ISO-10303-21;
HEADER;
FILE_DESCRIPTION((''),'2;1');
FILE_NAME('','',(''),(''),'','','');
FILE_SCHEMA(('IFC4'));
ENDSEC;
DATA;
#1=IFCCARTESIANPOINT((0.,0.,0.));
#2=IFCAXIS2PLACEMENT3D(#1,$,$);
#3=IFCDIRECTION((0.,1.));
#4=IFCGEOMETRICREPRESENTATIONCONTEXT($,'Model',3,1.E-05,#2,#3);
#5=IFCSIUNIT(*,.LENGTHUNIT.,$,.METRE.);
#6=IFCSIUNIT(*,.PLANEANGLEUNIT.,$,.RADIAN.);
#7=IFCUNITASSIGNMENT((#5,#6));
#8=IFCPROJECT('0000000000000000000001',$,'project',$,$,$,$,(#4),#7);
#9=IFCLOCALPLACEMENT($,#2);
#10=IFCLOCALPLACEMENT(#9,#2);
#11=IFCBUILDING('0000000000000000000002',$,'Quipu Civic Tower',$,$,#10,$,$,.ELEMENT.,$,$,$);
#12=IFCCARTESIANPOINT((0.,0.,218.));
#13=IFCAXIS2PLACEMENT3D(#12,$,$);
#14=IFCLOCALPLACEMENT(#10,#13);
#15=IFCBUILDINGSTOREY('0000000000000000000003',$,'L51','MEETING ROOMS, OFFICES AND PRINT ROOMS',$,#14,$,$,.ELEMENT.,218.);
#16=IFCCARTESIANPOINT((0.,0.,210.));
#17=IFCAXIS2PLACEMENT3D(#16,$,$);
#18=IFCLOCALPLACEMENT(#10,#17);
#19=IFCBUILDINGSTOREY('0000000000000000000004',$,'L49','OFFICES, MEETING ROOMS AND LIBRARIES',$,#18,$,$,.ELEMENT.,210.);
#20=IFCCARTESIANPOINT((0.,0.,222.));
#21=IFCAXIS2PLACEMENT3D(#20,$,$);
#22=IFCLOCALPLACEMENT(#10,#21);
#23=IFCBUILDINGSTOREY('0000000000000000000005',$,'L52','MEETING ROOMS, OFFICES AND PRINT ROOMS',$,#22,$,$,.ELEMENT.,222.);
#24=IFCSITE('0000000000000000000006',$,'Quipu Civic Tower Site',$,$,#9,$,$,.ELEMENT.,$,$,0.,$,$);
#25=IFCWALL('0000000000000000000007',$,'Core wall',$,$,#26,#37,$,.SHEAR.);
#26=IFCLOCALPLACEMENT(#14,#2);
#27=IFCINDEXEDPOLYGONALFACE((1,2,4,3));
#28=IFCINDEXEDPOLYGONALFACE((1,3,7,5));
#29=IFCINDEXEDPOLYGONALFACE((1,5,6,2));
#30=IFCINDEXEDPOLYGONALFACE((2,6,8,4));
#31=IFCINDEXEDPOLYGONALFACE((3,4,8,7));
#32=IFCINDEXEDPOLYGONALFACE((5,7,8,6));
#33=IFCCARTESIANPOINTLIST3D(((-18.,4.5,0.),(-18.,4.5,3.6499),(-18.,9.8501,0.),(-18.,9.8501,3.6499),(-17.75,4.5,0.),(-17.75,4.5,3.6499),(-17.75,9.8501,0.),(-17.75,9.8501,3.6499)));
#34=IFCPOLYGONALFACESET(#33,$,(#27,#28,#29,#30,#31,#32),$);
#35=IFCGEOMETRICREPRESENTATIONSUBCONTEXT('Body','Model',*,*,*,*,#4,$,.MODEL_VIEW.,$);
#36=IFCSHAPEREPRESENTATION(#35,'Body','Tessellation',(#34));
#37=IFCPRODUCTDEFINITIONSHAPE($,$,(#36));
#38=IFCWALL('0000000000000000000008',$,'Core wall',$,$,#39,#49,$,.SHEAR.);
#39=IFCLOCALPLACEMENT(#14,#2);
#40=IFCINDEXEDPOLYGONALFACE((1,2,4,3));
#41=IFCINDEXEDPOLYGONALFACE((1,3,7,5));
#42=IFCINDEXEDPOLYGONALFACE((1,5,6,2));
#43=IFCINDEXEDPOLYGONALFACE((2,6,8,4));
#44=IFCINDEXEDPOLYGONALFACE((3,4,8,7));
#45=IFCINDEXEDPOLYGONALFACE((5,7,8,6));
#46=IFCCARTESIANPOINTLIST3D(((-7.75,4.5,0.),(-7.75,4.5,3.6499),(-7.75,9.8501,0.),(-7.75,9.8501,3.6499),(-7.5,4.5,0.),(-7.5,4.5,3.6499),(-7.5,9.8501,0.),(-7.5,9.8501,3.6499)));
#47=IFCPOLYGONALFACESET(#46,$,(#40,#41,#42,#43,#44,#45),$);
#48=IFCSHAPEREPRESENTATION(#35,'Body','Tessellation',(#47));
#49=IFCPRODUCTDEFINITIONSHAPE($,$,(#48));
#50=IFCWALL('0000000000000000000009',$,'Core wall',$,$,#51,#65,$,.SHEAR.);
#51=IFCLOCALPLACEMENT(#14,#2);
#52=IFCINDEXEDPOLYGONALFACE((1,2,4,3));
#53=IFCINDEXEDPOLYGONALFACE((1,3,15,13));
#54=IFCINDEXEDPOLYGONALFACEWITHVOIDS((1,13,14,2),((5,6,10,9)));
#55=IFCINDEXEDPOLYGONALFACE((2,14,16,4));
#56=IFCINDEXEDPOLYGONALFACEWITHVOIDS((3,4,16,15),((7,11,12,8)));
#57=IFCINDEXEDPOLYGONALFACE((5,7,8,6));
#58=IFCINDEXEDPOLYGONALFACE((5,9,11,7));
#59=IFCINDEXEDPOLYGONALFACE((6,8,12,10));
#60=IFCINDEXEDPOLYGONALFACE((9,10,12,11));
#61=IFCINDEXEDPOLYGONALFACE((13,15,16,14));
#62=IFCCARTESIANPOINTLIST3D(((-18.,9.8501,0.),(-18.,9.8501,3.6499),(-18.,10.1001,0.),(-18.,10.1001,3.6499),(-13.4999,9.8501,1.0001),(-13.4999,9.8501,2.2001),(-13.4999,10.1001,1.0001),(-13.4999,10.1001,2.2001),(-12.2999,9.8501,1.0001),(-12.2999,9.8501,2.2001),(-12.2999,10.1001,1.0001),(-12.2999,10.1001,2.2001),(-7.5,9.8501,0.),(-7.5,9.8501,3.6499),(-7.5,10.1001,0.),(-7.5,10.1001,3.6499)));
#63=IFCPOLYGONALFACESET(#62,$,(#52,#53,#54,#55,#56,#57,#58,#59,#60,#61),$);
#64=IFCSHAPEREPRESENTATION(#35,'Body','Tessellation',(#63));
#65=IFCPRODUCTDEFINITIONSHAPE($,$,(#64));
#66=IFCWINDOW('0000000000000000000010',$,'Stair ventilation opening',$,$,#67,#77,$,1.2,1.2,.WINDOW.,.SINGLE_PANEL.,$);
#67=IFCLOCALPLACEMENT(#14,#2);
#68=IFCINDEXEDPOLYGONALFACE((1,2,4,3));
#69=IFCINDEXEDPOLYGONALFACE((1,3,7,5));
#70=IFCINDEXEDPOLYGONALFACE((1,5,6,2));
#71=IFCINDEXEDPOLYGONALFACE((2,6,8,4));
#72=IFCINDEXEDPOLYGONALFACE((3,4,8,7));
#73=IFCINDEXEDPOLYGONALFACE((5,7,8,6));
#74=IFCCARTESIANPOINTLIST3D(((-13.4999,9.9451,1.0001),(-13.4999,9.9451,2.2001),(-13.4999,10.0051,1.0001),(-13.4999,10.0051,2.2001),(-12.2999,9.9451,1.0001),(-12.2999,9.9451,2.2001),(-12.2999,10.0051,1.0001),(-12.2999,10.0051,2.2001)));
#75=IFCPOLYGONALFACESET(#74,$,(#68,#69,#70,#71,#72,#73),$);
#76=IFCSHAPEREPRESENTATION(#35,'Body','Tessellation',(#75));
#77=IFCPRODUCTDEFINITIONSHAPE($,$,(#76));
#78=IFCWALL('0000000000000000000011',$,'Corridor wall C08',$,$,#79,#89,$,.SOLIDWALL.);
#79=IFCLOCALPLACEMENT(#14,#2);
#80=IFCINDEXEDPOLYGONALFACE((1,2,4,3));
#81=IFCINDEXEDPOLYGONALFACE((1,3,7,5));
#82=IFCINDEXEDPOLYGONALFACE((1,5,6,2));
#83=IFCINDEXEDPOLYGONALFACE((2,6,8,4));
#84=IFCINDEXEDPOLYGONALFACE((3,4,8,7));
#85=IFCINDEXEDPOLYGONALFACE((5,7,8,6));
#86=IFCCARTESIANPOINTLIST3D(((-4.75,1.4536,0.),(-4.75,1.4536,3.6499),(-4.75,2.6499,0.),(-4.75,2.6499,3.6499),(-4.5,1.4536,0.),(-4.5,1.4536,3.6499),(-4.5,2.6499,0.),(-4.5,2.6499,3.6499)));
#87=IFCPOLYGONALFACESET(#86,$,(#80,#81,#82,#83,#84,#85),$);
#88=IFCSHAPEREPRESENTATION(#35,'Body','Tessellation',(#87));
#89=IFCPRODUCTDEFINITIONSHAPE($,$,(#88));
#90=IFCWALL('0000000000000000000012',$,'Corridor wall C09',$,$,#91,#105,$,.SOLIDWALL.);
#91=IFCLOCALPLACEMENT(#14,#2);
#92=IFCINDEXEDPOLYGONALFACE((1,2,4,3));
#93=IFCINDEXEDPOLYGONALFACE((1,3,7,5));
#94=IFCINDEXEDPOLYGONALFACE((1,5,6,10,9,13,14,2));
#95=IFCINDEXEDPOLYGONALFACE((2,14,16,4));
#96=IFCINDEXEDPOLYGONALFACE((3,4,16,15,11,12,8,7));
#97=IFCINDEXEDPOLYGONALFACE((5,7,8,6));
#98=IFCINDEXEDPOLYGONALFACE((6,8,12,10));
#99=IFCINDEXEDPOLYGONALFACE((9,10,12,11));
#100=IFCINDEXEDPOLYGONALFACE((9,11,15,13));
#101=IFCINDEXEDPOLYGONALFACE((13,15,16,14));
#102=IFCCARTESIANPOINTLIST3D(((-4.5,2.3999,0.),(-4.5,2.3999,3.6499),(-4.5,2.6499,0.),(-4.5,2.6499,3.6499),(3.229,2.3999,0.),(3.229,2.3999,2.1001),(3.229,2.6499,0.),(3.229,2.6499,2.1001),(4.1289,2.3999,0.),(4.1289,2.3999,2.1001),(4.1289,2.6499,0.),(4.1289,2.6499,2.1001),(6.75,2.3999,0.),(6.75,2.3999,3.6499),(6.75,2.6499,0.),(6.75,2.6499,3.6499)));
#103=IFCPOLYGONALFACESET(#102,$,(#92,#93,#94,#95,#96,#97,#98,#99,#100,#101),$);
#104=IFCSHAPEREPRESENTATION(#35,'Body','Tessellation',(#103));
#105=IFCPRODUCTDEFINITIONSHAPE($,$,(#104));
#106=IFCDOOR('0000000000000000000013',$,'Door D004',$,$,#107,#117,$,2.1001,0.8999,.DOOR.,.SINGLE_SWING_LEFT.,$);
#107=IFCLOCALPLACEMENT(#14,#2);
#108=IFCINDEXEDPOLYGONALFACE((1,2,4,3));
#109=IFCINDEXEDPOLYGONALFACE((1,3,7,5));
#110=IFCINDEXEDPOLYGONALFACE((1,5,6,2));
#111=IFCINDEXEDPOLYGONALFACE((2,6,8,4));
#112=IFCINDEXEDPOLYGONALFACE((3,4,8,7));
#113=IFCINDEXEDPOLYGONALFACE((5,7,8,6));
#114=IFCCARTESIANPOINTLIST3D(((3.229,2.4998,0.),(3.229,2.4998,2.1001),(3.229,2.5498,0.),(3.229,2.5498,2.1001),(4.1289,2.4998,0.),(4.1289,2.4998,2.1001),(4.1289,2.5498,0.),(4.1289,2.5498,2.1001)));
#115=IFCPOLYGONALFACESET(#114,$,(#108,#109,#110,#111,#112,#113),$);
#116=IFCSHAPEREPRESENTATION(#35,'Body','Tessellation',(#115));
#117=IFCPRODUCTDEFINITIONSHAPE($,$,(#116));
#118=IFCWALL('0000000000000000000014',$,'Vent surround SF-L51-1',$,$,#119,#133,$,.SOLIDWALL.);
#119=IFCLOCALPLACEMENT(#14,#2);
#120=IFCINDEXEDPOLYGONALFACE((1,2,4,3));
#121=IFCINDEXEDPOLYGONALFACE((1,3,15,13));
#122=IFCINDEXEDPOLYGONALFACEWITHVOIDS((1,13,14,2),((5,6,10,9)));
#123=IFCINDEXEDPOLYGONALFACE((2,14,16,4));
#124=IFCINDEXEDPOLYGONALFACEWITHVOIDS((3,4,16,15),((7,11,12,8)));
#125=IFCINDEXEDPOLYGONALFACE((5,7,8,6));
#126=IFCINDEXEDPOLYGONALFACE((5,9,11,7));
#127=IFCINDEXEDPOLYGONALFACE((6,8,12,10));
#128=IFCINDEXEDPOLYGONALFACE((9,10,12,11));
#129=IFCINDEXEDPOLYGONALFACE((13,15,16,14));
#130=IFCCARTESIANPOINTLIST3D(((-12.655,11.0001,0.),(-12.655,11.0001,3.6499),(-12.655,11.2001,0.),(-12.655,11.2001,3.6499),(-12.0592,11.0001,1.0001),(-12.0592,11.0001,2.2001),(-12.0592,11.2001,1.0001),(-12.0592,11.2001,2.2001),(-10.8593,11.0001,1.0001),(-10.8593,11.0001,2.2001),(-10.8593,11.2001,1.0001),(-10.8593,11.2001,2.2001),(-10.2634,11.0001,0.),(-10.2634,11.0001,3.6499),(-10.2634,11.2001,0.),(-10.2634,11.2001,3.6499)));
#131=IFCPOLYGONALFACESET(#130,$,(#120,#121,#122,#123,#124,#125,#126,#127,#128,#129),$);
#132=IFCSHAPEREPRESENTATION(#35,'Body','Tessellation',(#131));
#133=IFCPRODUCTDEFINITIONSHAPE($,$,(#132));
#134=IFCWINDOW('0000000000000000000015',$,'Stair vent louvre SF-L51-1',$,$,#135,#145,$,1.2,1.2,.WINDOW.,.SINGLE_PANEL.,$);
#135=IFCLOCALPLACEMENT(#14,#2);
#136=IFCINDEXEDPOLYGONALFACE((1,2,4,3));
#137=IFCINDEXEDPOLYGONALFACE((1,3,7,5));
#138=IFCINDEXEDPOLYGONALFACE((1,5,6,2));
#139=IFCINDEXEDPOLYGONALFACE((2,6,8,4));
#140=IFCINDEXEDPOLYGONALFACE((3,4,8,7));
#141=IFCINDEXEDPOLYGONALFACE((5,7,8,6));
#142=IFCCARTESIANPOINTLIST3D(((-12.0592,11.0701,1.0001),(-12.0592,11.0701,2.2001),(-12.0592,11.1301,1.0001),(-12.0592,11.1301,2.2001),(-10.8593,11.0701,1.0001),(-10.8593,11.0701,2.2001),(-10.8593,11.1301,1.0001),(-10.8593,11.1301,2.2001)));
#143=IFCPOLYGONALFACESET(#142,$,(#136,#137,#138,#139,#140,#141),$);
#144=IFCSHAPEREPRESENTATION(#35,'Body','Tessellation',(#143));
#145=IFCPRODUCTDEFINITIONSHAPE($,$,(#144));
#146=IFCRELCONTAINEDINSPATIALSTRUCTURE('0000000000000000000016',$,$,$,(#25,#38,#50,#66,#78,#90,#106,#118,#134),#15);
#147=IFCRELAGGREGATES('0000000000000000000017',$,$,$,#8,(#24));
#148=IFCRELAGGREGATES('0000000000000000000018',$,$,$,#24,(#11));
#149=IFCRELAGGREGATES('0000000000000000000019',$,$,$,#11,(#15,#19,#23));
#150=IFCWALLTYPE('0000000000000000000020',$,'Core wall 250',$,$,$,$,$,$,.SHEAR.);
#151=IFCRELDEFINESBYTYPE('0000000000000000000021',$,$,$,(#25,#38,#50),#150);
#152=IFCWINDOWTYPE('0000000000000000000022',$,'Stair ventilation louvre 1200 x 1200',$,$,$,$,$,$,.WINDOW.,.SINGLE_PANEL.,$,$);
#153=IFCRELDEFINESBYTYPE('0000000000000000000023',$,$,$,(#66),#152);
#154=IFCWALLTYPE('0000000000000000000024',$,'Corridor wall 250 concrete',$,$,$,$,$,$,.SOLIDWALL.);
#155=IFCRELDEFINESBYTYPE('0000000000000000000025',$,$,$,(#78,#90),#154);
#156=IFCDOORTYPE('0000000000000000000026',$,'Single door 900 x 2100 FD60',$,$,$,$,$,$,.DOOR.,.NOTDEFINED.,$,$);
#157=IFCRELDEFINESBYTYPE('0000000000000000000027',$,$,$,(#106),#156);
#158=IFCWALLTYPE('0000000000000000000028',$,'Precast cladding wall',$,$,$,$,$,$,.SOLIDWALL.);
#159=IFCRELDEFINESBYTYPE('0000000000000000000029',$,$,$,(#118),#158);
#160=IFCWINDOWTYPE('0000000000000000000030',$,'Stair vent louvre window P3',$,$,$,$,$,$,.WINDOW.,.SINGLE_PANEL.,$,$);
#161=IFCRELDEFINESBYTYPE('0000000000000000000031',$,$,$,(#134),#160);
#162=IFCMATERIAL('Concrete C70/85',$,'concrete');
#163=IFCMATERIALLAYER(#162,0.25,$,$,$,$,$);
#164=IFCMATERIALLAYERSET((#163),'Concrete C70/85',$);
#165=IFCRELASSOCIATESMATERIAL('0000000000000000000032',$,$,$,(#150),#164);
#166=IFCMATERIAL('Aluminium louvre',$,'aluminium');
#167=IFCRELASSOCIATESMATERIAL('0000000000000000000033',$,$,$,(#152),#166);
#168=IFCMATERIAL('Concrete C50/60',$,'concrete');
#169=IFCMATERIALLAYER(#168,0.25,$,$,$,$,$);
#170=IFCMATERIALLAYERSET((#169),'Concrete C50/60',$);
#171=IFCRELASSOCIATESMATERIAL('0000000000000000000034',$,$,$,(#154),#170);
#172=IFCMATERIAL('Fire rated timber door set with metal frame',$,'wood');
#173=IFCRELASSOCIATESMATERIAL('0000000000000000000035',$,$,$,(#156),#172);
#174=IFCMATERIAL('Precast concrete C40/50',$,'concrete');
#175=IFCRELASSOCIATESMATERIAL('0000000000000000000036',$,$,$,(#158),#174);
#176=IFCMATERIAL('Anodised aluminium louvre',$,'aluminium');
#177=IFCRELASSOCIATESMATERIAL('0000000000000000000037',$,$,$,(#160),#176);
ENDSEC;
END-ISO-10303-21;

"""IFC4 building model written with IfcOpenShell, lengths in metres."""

from ifc_helpers import new_model, si_unit, direction, frame, frame_2d, origin, place, context, subcontext, project, spatial, rectangle, extrude, material, layer, layer_set, type_object, element, fill, save


model = new_model("IFC4")

# Units and contexts
model_context = context("Model", 3, precision=1e-05, world=origin(), true_north=direction((0.0, 1.0)))
body_context = subcontext(model_context, "Body", "Model", "MODEL_VIEW")
ifc_project = project(units=[si_unit("LENGTHUNIT", "METRE"), si_unit("PLANEANGLEUNIT", "RADIAN")], contexts=[model_context])

# Site, building, storey
site_placement = place(None, origin())
site = spatial("IfcSite", under=ifc_project, at=site_placement, Name="Quipu Civic Tower Site", CompositionType="ELEMENT", RefElevation=0.0)
building_placement = place(site_placement, origin())
building = spatial("IfcBuilding", under=site, at=building_placement, Name="Quipu Civic Tower", CompositionType="ELEMENT")
storey_1_placement = place(building_placement, frame((0.0, 0.0, 218.0)))
storey_1 = spatial("IfcBuildingStorey", under=building, at=storey_1_placement, Name="L51", Description="MEETING ROOMS, OFFICES AND PRINT ROOMS", CompositionType="ELEMENT", Elevation=218.0)

# Shared definitions
storey_2_placement = place(building_placement, frame((0.0, 0.0, 210.0)))
storey_2 = spatial("IfcBuildingStorey", under=building, at=storey_2_placement, Name="L49", Description="OFFICES, MEETING ROOMS AND LIBRARIES", CompositionType="ELEMENT", Elevation=210.0)

# Shared definitions
storey_3_placement = place(building_placement, frame((0.0, 0.0, 222.0)))
storey_3 = spatial("IfcBuildingStorey", under=building, at=storey_3_placement, Name="L52", Description="MEETING ROOMS, OFFICES AND PRINT ROOMS", CompositionType="ELEMENT", Elevation=222.0)

# Shared definitions
ifc_material_1 = material(Name="Concrete C70/85", Category="concrete")
ifc_layer_1 = layer(ifc_material_1, 0.25)
ifc_layer_set_1 = layer_set([ifc_layer_1], Name="Concrete C70/85")
wall_type_1 = type_object("IfcWallType", Name="Core wall 250", PredefinedType="SHEAR", material=ifc_layer_set_1)

# Walls
for number, where, z_axis, x_axis, name in (
    (1, (-17.875, 4.5, 0.0), (0.0, 0.0, 1.0), (0.0, 1.0, 0.0), "Core wall"),
    (2, (-7.625, 4.5, 0.0), (0.0, 0.0, 1.0), (0.0, 1.0, 0.0), "Core wall"),
):
    element("IfcWall", number, at=place(storey_1_placement, frame(where, z_axis=z_axis, x_axis=x_axis)), inside=storey_1, type_object=wall_type_1, Name=name, PredefinedType="SHEAR", context=body_context, shape_type="SweptSolid", body=[
        extrude(rectangle(XDim=5.3501, YDim=0.25, at=frame_2d((2.675, 0.0))), origin(), (0.0, 0.0, 1.0), 3.6499),
    ])

# Wall, opening, window
wall_1_placement = place(storey_1_placement, frame((-18.0, 9.9751, 0.0), z_axis=(0.0, 0.0, 1.0), x_axis=(1.0, 0.0, 0.0)))
wall_1 = element("IfcWall", 3, at=wall_1_placement, inside=storey_1, type_object=wall_type_1, Name="Core wall", PredefinedType="SHEAR", context=body_context, shape_type="SweptSolid", body=[
    extrude(rectangle(XDim=10.5, YDim=0.25, at=frame_2d((5.25, 0.0))), origin(), (0.0, 0.0, 1.0), 3.6499),
])
opening_1_placement = place(wall_1_placement, frame((4.5, 0.0, 1.0)))
opening_1 = element("IfcOpeningElement", 4, at=opening_1_placement, cuts=wall_1, PredefinedType="OPENING", context=body_context, shape_type="SweptSolid", body=[
    extrude(rectangle(XDim=1.2, YDim=1.2, at=frame_2d((0.6001, 0.6001))), frame((0.0, 0.135, 0.0), z_axis=(0.0, -1.0, 0.0), x_axis=(1.0, 0.0, 0.0)), (0.0, 0.0, 1.0), 0.27),
])
ifc_material_2 = material(Name="Aluminium louvre", Category="aluminium")
window_type_1 = type_object("IfcWindowType", Name="Stair ventilation louvre 1200 x 1200", PartitioningType="SINGLE_PANEL", PredefinedType="WINDOW", material=ifc_material_2)
window_1_placement = place(opening_1_placement, origin())
window_1 = element("IfcWindow", 5, at=window_1_placement, inside=storey_1, type_object=window_type_1, Name="Stair ventilation opening", OverallHeight=1.2, OverallWidth=1.2, PartitioningType="SINGLE_PANEL", PredefinedType="WINDOW", context=body_context, shape_type="SweptSolid", body=[
    extrude(rectangle(XDim=1.2, YDim=1.2, at=frame_2d((0.6001, 0.6001))), frame((0.0, 0.03, 0.0), z_axis=(0.0, -1.0, 0.0), x_axis=(1.0, 0.0, 0.0)), (0.0, 0.0, 1.0), 0.0601),
])
fill(opening_1, window_1)

# Wall
ifc_material_3 = material(Name="Concrete C50/60", Category="concrete")
ifc_layer_2 = layer(ifc_material_3, 0.25)
ifc_layer_set_2 = layer_set([ifc_layer_2], Name="Concrete C50/60")
wall_type_2 = type_object("IfcWallType", Name="Corridor wall 250 concrete", PredefinedType="SOLIDWALL", material=ifc_layer_set_2)
wall_2_placement = place(storey_1_placement, frame((-4.625, 1.4536, 0.0), z_axis=(0.0, 0.0, 1.0), x_axis=(0.0, 1.0, 0.0)))
element("IfcWall", 6, at=wall_2_placement, inside=storey_1, type_object=wall_type_2, Name="Corridor wall C08", PredefinedType="SOLIDWALL", context=body_context, shape_type="SweptSolid", body=[
    extrude(rectangle(XDim=1.1963, YDim=0.25, at=frame_2d((0.5981, 0.0))), origin(), (0.0, 0.0, 1.0), 3.6499),
])

# Wall, opening, door
wall_3_placement = place(storey_1_placement, frame((-4.5, 2.5249, 0.0), z_axis=(0.0, 0.0, 1.0), x_axis=(1.0, 0.0, 0.0)))
wall_3 = element("IfcWall", 7, at=wall_3_placement, inside=storey_1, type_object=wall_type_2, Name="Corridor wall C09", PredefinedType="SOLIDWALL", context=body_context, shape_type="SweptSolid", body=[
    extrude(rectangle(XDim=11.25, YDim=0.25, at=frame_2d((5.625, 0.0))), origin(), (0.0, 0.0, 1.0), 3.6499),
])
opening_2_placement = place(wall_3_placement, frame((7.729, 0.0, 0.0)))
opening_2 = element("IfcOpeningElement", 8, at=opening_2_placement, cuts=wall_3, PredefinedType="OPENING", context=body_context, shape_type="SweptSolid", body=[
    extrude(rectangle(XDim=0.8999, YDim=2.1001, at=frame_2d((0.45, 1.05))), frame((0.0, 0.135, 0.0), z_axis=(0.0, -1.0, 0.0), x_axis=(1.0, 0.0, 0.0)), (0.0, 0.0, 1.0), 0.27),
])
ifc_material_4 = material(Name="Fire rated timber door set with metal frame", Category="wood")
door_type_1 = type_object("IfcDoorType", Name="Single door 900 x 2100 FD60", OperationType="NOTDEFINED", PredefinedType="DOOR", material=ifc_material_4)
door_1_placement = place(opening_2_placement, origin())
door_1 = element("IfcDoor", 9, at=door_1_placement, inside=storey_1, type_object=door_type_1, Name="Door D004", OperationType="SINGLE_SWING_LEFT", OverallHeight=2.1001, OverallWidth=0.8999, PredefinedType="DOOR", context=body_context, shape_type="SweptSolid", body=[
    extrude(rectangle(XDim=0.8999, YDim=2.1001, at=frame_2d((0.45, 1.05))), frame((0.0, 0.0249, 0.0), z_axis=(0.0, -1.0, 0.0), x_axis=(1.0, 0.0, 0.0)), (0.0, 0.0, 1.0), 0.05),
])
fill(opening_2, door_1)

# Wall, opening, window
ifc_material_5 = material(Name="Precast concrete C40/50", Category="concrete")
wall_type_3 = type_object("IfcWallType", Name="Precast cladding wall", PredefinedType="SOLIDWALL", material=ifc_material_5)
wall_4_placement = place(storey_1_placement, frame((-10.2634, 11.1001, 0.0), z_axis=(0.0, 0.0, 1.0), x_axis=(-1.0, 0.0, 0.0)))
wall_4 = element("IfcWall", 10, at=wall_4_placement, inside=storey_1, type_object=wall_type_3, Name="Vent surround SF-L51-1", PredefinedType="SOLIDWALL", context=body_context, shape_type="SweptSolid", body=[
    extrude(rectangle(XDim=2.3916, YDim=0.2, at=frame_2d((1.1958, 0.0))), origin(), (0.0, 0.0, 1.0), 3.6499),
])
opening_3_placement = place(wall_4_placement, frame((0.5957, 0.0, 1.0)))
opening_3 = element("IfcOpeningElement", 11, at=opening_3_placement, cuts=wall_4, PredefinedType="OPENING", context=body_context, shape_type="SweptSolid", body=[
    extrude(rectangle(XDim=1.2, YDim=1.2, at=frame_2d((0.6001, 0.6001))), frame((0.0, 0.1099, 0.0), z_axis=(0.0, -1.0, 0.0), x_axis=(1.0, 0.0, 0.0)), (0.0, 0.0, 1.0), 0.22),
])
ifc_material_6 = material(Name="Anodised aluminium louvre", Category="aluminium")
window_type_2 = type_object("IfcWindowType", Name="Stair vent louvre window P3", PartitioningType="SINGLE_PANEL", PredefinedType="WINDOW", material=ifc_material_6)
window_2_placement = place(opening_3_placement, origin())
window_2 = element("IfcWindow", 12, at=window_2_placement, inside=storey_1, type_object=window_type_2, Name="Stair vent louvre SF-L51-1", OverallHeight=1.2, OverallWidth=1.2, PartitioningType="SINGLE_PANEL", PredefinedType="WINDOW", context=body_context, shape_type="SweptSolid", body=[
    extrude(rectangle(XDim=1.2, YDim=1.2, at=frame_2d((0.6001, 0.6001))), frame((0.0, 0.03, 0.0), z_axis=(0.0, -1.0, 0.0), x_axis=(1.0, 0.0, 0.0)), (0.0, 0.0, 1.0), 0.0601),
])
fill(opening_3, window_2)

save(model, "model.ifc")
